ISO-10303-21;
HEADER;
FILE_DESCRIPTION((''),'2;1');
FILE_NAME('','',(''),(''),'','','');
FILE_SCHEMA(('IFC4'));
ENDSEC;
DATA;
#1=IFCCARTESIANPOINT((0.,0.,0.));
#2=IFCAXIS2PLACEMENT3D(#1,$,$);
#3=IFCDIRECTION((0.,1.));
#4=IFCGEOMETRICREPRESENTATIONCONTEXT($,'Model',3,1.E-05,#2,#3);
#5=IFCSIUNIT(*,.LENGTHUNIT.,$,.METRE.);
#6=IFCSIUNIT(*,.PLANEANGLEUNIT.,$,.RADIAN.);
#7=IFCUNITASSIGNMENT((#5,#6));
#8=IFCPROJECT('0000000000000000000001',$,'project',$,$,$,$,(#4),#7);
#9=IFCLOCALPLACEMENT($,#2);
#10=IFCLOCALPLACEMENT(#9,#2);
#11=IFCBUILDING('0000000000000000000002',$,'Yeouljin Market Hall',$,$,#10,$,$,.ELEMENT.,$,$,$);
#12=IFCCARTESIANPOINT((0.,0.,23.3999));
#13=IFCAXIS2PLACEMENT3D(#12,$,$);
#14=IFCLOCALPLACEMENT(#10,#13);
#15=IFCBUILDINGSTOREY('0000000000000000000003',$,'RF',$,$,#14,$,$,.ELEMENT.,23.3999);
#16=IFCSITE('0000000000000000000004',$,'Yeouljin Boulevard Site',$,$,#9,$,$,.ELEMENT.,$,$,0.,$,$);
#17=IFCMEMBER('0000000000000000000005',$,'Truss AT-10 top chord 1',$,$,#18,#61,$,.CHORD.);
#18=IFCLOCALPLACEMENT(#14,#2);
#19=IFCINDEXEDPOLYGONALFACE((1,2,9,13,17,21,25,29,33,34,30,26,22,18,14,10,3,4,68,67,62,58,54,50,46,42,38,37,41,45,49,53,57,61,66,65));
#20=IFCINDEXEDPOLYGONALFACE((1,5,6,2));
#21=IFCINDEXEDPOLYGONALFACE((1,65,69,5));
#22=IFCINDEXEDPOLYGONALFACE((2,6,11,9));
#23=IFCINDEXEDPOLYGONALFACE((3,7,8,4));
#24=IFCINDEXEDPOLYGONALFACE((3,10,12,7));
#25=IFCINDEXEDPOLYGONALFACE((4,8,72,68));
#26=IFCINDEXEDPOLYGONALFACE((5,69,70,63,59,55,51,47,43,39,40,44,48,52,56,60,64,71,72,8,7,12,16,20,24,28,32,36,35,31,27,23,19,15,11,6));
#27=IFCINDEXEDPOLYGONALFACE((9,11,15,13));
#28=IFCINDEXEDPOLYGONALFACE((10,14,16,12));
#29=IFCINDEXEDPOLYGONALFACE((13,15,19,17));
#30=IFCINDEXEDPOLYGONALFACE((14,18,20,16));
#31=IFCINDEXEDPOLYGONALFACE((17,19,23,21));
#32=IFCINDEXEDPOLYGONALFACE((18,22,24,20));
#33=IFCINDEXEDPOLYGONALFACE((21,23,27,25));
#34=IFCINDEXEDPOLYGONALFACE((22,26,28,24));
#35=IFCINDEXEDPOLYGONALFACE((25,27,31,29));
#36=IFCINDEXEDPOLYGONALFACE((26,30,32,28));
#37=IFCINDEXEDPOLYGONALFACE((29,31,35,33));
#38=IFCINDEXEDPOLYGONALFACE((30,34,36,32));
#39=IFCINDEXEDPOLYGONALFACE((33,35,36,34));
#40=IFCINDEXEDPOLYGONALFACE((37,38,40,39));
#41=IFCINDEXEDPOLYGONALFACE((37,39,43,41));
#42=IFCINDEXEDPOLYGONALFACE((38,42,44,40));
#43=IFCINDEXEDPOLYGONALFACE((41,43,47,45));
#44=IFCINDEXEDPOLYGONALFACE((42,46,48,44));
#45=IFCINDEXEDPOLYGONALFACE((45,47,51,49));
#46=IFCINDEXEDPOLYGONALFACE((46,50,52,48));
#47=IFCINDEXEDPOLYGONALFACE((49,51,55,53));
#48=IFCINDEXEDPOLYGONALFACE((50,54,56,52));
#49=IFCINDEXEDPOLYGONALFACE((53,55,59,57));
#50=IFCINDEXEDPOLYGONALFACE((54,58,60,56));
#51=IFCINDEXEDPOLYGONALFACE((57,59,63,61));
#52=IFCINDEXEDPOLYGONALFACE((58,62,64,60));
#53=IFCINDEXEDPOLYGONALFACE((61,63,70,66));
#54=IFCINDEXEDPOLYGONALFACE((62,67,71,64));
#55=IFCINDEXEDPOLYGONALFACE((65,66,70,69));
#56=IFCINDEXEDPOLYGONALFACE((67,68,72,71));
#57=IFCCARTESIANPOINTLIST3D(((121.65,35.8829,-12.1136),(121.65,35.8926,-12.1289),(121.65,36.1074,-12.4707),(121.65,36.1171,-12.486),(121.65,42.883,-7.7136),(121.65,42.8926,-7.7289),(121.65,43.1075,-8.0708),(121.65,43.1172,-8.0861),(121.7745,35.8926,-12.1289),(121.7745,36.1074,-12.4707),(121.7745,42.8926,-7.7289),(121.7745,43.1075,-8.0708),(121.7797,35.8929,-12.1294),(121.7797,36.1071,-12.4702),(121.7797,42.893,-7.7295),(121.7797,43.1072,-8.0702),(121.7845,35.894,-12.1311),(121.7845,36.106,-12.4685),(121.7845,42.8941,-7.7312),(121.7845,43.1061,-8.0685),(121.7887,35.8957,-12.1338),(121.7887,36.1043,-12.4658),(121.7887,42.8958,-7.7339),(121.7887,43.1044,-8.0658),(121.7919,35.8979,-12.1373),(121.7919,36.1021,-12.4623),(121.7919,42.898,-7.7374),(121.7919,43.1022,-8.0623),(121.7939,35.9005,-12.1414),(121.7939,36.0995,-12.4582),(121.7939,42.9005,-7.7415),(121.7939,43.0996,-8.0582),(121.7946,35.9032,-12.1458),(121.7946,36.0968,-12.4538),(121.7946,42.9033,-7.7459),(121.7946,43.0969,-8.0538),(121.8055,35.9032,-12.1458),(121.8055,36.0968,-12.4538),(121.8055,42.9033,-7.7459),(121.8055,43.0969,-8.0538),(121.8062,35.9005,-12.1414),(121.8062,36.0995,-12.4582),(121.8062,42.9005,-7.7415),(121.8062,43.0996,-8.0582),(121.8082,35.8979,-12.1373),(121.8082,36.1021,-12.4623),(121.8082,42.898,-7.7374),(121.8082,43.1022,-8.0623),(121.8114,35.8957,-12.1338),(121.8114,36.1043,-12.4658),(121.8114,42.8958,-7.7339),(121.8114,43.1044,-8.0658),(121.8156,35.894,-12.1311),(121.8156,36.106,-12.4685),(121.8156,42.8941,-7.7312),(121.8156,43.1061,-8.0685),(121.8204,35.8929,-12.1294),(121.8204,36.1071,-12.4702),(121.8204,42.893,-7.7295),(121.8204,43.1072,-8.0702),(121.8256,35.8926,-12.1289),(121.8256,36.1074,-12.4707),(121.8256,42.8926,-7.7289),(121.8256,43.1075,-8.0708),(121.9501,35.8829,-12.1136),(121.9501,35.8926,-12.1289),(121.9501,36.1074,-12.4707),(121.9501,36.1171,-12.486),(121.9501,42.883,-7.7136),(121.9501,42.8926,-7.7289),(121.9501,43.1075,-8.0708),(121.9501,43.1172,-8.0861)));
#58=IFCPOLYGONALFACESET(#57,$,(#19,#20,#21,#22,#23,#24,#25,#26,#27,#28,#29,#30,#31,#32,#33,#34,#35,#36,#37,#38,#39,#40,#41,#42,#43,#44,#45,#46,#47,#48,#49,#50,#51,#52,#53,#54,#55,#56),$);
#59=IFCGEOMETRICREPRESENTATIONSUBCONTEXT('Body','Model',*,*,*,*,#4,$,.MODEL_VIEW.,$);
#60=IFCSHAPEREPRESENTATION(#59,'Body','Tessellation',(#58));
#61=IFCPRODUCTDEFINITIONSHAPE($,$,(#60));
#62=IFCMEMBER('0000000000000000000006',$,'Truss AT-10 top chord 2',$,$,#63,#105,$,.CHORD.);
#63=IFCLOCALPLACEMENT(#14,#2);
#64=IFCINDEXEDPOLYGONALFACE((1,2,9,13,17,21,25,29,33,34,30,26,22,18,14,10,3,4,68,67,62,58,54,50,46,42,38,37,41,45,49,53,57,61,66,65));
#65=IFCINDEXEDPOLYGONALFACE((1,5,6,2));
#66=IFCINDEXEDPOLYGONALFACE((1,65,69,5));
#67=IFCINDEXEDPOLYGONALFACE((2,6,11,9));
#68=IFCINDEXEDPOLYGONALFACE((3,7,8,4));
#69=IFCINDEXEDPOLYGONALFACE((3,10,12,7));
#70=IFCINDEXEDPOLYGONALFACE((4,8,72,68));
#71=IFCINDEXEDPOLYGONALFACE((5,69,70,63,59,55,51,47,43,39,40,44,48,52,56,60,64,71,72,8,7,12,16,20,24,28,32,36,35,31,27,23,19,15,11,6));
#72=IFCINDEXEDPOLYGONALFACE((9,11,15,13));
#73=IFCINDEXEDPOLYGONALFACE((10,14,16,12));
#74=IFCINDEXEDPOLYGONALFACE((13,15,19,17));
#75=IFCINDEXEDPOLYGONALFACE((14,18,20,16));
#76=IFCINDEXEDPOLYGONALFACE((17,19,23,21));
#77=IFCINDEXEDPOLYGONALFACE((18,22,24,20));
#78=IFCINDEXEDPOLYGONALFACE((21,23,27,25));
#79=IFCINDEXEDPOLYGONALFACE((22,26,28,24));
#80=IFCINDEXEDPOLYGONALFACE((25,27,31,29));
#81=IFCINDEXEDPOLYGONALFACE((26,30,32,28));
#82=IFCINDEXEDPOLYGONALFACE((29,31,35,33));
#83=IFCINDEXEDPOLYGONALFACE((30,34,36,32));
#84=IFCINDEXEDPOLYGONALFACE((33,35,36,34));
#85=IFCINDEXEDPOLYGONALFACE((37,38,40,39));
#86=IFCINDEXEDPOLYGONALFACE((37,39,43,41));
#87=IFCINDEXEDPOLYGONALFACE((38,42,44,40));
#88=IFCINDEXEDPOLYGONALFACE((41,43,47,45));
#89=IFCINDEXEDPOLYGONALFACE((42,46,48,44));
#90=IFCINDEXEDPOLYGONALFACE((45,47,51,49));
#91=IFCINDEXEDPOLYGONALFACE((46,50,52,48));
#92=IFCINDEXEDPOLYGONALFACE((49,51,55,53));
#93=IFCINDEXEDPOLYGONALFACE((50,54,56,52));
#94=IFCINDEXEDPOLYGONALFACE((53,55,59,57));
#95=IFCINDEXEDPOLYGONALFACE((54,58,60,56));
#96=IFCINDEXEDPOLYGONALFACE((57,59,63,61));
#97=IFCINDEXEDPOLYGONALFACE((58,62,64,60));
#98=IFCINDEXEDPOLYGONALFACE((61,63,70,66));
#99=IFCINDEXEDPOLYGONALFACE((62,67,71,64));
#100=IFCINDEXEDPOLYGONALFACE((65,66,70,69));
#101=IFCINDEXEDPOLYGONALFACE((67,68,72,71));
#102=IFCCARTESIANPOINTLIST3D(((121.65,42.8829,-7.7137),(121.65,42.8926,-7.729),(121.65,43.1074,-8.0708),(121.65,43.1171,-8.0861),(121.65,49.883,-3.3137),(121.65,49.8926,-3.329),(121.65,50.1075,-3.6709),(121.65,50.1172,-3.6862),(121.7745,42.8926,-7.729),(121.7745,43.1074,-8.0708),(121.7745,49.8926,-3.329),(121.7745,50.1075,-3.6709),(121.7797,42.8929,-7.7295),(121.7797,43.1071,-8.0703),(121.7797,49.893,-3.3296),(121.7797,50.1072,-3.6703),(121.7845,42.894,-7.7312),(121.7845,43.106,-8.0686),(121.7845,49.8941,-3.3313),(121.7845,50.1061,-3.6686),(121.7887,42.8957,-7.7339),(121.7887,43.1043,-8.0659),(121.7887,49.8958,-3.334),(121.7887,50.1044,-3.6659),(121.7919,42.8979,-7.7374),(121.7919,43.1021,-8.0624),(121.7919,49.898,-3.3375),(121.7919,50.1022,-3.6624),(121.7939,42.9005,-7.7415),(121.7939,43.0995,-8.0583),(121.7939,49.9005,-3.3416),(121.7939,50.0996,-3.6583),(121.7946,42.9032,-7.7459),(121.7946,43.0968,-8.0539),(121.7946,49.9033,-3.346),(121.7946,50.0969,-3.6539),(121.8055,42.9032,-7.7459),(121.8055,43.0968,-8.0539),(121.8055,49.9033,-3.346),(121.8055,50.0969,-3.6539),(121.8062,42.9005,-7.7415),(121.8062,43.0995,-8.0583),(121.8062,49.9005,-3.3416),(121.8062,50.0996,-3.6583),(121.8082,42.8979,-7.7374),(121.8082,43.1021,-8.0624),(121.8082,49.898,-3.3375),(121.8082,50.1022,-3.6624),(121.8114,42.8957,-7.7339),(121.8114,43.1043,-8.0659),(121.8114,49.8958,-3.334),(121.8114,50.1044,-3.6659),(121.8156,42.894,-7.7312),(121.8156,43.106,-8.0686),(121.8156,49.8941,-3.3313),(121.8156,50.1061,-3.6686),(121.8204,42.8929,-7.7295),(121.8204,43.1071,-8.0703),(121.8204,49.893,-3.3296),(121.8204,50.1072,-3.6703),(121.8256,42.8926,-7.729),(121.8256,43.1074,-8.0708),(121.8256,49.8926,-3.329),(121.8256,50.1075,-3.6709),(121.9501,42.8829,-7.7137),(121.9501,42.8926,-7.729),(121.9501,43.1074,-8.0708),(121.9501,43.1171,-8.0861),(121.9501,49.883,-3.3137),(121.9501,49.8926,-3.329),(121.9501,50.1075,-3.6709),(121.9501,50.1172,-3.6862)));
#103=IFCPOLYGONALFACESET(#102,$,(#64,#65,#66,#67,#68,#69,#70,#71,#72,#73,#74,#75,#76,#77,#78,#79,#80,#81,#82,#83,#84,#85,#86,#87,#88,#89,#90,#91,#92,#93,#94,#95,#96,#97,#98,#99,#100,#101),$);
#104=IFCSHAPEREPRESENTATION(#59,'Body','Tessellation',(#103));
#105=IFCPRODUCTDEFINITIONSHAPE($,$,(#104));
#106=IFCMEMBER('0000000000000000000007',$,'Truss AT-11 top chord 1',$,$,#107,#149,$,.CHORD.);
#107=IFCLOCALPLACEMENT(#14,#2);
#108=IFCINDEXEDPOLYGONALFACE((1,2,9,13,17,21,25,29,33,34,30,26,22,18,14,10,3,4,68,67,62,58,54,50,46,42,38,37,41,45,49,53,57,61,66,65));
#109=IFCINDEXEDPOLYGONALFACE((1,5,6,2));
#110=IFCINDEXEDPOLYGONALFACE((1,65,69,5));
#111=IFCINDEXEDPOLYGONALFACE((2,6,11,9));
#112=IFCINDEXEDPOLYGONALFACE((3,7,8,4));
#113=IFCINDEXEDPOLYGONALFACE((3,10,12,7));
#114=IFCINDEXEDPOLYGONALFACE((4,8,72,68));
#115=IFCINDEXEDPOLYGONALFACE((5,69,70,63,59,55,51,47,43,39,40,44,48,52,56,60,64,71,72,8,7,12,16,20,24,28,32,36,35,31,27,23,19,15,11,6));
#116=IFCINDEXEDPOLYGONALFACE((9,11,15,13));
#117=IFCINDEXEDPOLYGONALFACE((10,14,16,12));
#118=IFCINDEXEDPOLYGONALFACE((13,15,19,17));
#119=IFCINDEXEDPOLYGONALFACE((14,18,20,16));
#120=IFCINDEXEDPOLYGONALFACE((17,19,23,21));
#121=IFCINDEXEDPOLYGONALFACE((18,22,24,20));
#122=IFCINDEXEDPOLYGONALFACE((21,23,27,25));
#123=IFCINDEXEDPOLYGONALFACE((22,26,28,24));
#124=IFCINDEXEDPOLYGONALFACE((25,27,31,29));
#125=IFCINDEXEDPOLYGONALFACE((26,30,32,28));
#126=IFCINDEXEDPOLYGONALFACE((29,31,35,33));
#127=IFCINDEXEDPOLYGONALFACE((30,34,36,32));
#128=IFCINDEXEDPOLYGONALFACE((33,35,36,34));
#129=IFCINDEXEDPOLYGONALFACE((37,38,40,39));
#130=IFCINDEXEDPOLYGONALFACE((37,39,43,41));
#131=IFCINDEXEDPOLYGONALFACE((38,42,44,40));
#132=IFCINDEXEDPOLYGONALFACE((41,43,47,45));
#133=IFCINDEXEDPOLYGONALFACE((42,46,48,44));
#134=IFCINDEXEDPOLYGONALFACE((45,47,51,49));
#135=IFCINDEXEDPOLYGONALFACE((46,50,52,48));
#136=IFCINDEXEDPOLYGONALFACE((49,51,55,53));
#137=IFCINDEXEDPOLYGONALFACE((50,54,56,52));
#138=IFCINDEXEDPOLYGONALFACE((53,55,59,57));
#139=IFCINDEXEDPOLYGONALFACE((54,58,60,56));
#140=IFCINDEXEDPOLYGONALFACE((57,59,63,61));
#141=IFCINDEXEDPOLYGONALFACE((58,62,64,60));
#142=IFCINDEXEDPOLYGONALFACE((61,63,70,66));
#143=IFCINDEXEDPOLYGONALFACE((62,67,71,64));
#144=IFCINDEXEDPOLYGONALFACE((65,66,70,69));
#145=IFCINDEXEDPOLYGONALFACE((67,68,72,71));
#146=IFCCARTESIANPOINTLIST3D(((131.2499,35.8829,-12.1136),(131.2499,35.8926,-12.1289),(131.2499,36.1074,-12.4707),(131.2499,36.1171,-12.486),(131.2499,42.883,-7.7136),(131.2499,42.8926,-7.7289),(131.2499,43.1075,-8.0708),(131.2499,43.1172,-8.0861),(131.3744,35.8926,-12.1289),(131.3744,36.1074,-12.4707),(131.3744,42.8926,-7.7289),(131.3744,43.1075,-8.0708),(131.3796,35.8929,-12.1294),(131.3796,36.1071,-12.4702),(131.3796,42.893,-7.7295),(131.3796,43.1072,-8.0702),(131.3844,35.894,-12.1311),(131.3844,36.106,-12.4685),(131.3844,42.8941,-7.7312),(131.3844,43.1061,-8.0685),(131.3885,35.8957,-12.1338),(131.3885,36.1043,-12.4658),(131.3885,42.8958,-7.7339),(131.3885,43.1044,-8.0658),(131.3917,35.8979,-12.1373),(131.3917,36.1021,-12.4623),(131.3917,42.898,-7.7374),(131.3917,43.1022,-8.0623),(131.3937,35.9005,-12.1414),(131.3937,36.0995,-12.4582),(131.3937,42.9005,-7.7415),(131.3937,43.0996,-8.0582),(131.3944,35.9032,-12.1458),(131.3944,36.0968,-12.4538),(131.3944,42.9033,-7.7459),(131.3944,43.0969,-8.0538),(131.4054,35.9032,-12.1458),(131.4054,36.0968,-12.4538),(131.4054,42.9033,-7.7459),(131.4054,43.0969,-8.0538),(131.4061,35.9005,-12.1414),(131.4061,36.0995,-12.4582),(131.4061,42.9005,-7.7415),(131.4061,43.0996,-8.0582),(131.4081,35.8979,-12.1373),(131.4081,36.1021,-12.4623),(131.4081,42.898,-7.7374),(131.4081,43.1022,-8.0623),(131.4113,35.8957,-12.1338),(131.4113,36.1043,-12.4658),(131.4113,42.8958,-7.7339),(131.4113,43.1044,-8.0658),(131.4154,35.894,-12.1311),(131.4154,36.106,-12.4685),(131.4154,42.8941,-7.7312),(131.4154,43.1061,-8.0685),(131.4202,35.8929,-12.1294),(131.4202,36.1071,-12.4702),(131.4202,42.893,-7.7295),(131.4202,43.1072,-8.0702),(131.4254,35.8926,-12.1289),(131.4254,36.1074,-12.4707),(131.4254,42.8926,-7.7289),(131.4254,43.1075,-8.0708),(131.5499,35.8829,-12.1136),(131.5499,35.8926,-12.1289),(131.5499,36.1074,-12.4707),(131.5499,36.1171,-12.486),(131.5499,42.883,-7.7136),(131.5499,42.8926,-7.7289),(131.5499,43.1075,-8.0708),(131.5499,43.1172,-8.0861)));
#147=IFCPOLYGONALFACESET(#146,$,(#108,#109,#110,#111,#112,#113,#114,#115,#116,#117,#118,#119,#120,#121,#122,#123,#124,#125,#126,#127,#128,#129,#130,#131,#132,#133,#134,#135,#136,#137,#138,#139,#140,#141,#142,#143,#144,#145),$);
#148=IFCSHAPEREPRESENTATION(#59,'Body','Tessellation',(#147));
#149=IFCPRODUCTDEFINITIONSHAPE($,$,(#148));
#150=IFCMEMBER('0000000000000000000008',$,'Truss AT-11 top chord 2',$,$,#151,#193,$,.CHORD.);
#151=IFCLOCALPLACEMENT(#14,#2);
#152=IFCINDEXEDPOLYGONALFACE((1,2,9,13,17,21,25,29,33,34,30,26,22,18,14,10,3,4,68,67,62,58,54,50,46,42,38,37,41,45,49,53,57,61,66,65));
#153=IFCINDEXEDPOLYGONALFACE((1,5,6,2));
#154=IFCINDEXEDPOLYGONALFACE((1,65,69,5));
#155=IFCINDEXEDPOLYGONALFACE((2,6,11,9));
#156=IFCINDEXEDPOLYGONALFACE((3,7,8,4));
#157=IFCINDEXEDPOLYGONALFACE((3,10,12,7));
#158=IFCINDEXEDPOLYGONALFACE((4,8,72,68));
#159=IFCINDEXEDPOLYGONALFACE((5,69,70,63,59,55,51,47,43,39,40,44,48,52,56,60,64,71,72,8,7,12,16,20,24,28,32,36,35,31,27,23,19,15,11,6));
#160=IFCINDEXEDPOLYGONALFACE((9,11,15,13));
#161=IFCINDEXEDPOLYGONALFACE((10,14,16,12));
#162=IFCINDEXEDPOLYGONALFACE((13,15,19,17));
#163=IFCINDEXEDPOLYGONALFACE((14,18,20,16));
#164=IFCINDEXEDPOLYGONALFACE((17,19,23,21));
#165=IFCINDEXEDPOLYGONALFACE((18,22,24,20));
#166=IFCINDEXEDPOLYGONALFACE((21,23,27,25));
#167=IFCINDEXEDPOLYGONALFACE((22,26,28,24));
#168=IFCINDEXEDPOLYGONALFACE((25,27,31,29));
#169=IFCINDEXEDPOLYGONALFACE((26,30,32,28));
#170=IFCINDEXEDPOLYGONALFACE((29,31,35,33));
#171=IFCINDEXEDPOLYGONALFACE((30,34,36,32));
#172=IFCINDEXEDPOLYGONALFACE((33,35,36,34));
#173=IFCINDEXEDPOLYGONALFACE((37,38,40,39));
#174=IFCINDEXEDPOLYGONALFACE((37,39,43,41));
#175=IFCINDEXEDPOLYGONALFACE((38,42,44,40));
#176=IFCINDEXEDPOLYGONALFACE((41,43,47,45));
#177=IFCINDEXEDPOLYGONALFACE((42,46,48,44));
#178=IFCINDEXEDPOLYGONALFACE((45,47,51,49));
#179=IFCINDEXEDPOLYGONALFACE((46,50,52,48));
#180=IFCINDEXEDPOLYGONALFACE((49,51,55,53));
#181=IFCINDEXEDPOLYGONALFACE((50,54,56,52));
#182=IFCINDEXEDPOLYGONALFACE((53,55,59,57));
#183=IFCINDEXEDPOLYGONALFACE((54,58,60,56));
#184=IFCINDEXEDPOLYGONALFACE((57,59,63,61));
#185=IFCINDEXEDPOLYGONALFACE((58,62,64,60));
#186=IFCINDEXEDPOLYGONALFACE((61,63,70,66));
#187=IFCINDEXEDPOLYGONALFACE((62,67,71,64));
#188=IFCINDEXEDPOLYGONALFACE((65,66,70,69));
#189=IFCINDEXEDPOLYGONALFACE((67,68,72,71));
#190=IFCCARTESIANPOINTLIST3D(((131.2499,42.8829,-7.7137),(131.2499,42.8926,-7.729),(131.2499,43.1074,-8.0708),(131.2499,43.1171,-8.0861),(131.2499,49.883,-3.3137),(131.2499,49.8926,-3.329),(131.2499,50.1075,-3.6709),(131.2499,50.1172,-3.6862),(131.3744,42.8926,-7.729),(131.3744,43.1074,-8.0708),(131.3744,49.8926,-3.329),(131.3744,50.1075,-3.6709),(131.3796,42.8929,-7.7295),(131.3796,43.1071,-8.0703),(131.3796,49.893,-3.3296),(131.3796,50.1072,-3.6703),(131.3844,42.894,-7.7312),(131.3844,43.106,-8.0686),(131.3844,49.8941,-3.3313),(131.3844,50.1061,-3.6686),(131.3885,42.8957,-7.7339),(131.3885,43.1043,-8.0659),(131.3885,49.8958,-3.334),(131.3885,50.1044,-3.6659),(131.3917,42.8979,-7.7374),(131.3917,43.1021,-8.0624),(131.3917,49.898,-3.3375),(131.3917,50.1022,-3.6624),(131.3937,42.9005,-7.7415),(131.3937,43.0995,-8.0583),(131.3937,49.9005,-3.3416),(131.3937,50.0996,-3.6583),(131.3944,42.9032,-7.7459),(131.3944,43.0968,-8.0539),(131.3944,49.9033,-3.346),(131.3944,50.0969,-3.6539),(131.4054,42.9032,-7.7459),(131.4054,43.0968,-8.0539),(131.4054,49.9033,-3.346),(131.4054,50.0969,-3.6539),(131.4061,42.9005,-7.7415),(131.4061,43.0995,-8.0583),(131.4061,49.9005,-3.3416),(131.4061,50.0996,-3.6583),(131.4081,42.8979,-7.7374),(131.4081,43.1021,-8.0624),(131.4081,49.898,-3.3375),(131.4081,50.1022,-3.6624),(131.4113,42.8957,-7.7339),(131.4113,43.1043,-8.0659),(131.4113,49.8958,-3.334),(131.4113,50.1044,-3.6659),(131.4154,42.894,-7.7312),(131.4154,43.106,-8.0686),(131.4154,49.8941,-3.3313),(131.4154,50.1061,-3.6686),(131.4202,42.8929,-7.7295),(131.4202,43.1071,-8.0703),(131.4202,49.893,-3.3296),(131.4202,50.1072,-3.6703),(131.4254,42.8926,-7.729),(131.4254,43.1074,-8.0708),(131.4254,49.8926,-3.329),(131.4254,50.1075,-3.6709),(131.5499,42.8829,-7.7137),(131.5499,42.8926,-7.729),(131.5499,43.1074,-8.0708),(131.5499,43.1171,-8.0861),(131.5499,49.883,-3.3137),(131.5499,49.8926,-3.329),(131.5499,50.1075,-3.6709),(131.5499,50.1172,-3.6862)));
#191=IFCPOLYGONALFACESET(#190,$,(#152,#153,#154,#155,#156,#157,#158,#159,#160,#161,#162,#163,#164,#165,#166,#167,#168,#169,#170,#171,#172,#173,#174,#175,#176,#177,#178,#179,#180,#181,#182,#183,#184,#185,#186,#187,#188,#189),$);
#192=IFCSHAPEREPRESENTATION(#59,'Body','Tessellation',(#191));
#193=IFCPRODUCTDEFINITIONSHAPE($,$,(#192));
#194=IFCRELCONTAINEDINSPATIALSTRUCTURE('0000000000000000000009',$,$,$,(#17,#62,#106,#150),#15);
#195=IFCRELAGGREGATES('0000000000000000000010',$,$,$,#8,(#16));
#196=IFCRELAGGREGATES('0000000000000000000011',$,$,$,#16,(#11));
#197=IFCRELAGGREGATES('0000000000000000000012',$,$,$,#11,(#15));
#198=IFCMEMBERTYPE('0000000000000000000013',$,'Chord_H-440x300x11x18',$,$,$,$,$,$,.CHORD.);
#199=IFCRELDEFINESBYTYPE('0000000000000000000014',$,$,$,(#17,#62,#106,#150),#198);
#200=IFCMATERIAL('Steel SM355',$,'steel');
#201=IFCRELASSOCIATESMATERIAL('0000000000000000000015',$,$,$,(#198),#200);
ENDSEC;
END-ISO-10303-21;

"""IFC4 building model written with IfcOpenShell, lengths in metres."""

from ifc_helpers import new_model, si_unit, direction, frame, origin, origin_2d, place, context, subcontext, project, spatial, i_section, extrude, material, material_profile, profile_set, type_object, element, save


model = new_model("IFC4")

# Units and contexts
model_context = context("Model", 3, precision=1e-05, world=origin(), true_north=direction((0.0, 1.0)))
body_context = subcontext(model_context, "Body", "Model", "MODEL_VIEW")
ifc_project = project(units=[si_unit("LENGTHUNIT", "METRE"), si_unit("PLANEANGLEUNIT", "RADIAN")], contexts=[model_context])

# Site, building, storey
site_placement = place(None, origin())
site = spatial("IfcSite", under=ifc_project, at=site_placement, Name="Yeouljin Boulevard Site", CompositionType="ELEMENT", RefElevation=0.0)
building_placement = place(site_placement, origin())
building = spatial("IfcBuilding", under=site, at=building_placement, Name="Yeouljin Market Hall", CompositionType="ELEMENT")
storey_placement = place(building_placement, frame((0.0, 0.0, 23.3999)))
storey = spatial("IfcBuildingStorey", under=building, at=storey_placement, Name="RF", CompositionType="ELEMENT", Elevation=23.3999)

# Members
ifc_material_1 = material(Name="Steel SM355", Category="steel")
ifc_material_profile_1 = material_profile(ifc_material_1, i_section(OverallWidth=0.3, OverallDepth=0.4399, WebThickness=0.011, FlangeThickness=0.0181, FilletRadius=0.02, at=origin_2d()), Name="H-440x300x11x18")
ifc_profile_set_1 = profile_set([ifc_material_profile_1], Name="Steel SM355")
member_type_1 = type_object("IfcMemberType", Name="Chord_H-440x300x11x18", PredefinedType="CHORD", material=ifc_profile_set_1)
for number, where, z_axis, x_axis, name in (
    (1, (121.8, 36.0, -12.2998), (0.0, 0.846642, 0.532163), (-1.0, 0.0, 0.0), "Truss AT-10 top chord 1"),
    (2, (121.8, 43.0, -7.8999), (0.0, 0.846642, 0.532163), (-1.0, 0.0, 0.0), "Truss AT-10 top chord 2"),
    (3, (131.3999, 36.0, -12.2998), (0.0, 0.846642, 0.532163), (-1.0, 0.0, 0.0), "Truss AT-11 top chord 1"),
    (4, (131.3999, 43.0, -7.8999), (0.0, 0.846642, 0.532163), (-1.0, 0.0, 0.0), "Truss AT-11 top chord 2"),
):
    element("IfcMember", number, at=place(storey_placement, frame(where, z_axis=z_axis, x_axis=x_axis)), inside=storey, type_object=member_type_1, Name=name, PredefinedType="CHORD", context=body_context, shape_type="SweptSolid", body=[
        extrude(i_section(OverallWidth=0.3, OverallDepth=0.4399, WebThickness=0.011, FlangeThickness=0.0181, FilletRadius=0.02, at=origin_2d()), origin(), (0.0, 0.0, 1.0), 8.2681),
    ])

save(model, "model.ifc")
